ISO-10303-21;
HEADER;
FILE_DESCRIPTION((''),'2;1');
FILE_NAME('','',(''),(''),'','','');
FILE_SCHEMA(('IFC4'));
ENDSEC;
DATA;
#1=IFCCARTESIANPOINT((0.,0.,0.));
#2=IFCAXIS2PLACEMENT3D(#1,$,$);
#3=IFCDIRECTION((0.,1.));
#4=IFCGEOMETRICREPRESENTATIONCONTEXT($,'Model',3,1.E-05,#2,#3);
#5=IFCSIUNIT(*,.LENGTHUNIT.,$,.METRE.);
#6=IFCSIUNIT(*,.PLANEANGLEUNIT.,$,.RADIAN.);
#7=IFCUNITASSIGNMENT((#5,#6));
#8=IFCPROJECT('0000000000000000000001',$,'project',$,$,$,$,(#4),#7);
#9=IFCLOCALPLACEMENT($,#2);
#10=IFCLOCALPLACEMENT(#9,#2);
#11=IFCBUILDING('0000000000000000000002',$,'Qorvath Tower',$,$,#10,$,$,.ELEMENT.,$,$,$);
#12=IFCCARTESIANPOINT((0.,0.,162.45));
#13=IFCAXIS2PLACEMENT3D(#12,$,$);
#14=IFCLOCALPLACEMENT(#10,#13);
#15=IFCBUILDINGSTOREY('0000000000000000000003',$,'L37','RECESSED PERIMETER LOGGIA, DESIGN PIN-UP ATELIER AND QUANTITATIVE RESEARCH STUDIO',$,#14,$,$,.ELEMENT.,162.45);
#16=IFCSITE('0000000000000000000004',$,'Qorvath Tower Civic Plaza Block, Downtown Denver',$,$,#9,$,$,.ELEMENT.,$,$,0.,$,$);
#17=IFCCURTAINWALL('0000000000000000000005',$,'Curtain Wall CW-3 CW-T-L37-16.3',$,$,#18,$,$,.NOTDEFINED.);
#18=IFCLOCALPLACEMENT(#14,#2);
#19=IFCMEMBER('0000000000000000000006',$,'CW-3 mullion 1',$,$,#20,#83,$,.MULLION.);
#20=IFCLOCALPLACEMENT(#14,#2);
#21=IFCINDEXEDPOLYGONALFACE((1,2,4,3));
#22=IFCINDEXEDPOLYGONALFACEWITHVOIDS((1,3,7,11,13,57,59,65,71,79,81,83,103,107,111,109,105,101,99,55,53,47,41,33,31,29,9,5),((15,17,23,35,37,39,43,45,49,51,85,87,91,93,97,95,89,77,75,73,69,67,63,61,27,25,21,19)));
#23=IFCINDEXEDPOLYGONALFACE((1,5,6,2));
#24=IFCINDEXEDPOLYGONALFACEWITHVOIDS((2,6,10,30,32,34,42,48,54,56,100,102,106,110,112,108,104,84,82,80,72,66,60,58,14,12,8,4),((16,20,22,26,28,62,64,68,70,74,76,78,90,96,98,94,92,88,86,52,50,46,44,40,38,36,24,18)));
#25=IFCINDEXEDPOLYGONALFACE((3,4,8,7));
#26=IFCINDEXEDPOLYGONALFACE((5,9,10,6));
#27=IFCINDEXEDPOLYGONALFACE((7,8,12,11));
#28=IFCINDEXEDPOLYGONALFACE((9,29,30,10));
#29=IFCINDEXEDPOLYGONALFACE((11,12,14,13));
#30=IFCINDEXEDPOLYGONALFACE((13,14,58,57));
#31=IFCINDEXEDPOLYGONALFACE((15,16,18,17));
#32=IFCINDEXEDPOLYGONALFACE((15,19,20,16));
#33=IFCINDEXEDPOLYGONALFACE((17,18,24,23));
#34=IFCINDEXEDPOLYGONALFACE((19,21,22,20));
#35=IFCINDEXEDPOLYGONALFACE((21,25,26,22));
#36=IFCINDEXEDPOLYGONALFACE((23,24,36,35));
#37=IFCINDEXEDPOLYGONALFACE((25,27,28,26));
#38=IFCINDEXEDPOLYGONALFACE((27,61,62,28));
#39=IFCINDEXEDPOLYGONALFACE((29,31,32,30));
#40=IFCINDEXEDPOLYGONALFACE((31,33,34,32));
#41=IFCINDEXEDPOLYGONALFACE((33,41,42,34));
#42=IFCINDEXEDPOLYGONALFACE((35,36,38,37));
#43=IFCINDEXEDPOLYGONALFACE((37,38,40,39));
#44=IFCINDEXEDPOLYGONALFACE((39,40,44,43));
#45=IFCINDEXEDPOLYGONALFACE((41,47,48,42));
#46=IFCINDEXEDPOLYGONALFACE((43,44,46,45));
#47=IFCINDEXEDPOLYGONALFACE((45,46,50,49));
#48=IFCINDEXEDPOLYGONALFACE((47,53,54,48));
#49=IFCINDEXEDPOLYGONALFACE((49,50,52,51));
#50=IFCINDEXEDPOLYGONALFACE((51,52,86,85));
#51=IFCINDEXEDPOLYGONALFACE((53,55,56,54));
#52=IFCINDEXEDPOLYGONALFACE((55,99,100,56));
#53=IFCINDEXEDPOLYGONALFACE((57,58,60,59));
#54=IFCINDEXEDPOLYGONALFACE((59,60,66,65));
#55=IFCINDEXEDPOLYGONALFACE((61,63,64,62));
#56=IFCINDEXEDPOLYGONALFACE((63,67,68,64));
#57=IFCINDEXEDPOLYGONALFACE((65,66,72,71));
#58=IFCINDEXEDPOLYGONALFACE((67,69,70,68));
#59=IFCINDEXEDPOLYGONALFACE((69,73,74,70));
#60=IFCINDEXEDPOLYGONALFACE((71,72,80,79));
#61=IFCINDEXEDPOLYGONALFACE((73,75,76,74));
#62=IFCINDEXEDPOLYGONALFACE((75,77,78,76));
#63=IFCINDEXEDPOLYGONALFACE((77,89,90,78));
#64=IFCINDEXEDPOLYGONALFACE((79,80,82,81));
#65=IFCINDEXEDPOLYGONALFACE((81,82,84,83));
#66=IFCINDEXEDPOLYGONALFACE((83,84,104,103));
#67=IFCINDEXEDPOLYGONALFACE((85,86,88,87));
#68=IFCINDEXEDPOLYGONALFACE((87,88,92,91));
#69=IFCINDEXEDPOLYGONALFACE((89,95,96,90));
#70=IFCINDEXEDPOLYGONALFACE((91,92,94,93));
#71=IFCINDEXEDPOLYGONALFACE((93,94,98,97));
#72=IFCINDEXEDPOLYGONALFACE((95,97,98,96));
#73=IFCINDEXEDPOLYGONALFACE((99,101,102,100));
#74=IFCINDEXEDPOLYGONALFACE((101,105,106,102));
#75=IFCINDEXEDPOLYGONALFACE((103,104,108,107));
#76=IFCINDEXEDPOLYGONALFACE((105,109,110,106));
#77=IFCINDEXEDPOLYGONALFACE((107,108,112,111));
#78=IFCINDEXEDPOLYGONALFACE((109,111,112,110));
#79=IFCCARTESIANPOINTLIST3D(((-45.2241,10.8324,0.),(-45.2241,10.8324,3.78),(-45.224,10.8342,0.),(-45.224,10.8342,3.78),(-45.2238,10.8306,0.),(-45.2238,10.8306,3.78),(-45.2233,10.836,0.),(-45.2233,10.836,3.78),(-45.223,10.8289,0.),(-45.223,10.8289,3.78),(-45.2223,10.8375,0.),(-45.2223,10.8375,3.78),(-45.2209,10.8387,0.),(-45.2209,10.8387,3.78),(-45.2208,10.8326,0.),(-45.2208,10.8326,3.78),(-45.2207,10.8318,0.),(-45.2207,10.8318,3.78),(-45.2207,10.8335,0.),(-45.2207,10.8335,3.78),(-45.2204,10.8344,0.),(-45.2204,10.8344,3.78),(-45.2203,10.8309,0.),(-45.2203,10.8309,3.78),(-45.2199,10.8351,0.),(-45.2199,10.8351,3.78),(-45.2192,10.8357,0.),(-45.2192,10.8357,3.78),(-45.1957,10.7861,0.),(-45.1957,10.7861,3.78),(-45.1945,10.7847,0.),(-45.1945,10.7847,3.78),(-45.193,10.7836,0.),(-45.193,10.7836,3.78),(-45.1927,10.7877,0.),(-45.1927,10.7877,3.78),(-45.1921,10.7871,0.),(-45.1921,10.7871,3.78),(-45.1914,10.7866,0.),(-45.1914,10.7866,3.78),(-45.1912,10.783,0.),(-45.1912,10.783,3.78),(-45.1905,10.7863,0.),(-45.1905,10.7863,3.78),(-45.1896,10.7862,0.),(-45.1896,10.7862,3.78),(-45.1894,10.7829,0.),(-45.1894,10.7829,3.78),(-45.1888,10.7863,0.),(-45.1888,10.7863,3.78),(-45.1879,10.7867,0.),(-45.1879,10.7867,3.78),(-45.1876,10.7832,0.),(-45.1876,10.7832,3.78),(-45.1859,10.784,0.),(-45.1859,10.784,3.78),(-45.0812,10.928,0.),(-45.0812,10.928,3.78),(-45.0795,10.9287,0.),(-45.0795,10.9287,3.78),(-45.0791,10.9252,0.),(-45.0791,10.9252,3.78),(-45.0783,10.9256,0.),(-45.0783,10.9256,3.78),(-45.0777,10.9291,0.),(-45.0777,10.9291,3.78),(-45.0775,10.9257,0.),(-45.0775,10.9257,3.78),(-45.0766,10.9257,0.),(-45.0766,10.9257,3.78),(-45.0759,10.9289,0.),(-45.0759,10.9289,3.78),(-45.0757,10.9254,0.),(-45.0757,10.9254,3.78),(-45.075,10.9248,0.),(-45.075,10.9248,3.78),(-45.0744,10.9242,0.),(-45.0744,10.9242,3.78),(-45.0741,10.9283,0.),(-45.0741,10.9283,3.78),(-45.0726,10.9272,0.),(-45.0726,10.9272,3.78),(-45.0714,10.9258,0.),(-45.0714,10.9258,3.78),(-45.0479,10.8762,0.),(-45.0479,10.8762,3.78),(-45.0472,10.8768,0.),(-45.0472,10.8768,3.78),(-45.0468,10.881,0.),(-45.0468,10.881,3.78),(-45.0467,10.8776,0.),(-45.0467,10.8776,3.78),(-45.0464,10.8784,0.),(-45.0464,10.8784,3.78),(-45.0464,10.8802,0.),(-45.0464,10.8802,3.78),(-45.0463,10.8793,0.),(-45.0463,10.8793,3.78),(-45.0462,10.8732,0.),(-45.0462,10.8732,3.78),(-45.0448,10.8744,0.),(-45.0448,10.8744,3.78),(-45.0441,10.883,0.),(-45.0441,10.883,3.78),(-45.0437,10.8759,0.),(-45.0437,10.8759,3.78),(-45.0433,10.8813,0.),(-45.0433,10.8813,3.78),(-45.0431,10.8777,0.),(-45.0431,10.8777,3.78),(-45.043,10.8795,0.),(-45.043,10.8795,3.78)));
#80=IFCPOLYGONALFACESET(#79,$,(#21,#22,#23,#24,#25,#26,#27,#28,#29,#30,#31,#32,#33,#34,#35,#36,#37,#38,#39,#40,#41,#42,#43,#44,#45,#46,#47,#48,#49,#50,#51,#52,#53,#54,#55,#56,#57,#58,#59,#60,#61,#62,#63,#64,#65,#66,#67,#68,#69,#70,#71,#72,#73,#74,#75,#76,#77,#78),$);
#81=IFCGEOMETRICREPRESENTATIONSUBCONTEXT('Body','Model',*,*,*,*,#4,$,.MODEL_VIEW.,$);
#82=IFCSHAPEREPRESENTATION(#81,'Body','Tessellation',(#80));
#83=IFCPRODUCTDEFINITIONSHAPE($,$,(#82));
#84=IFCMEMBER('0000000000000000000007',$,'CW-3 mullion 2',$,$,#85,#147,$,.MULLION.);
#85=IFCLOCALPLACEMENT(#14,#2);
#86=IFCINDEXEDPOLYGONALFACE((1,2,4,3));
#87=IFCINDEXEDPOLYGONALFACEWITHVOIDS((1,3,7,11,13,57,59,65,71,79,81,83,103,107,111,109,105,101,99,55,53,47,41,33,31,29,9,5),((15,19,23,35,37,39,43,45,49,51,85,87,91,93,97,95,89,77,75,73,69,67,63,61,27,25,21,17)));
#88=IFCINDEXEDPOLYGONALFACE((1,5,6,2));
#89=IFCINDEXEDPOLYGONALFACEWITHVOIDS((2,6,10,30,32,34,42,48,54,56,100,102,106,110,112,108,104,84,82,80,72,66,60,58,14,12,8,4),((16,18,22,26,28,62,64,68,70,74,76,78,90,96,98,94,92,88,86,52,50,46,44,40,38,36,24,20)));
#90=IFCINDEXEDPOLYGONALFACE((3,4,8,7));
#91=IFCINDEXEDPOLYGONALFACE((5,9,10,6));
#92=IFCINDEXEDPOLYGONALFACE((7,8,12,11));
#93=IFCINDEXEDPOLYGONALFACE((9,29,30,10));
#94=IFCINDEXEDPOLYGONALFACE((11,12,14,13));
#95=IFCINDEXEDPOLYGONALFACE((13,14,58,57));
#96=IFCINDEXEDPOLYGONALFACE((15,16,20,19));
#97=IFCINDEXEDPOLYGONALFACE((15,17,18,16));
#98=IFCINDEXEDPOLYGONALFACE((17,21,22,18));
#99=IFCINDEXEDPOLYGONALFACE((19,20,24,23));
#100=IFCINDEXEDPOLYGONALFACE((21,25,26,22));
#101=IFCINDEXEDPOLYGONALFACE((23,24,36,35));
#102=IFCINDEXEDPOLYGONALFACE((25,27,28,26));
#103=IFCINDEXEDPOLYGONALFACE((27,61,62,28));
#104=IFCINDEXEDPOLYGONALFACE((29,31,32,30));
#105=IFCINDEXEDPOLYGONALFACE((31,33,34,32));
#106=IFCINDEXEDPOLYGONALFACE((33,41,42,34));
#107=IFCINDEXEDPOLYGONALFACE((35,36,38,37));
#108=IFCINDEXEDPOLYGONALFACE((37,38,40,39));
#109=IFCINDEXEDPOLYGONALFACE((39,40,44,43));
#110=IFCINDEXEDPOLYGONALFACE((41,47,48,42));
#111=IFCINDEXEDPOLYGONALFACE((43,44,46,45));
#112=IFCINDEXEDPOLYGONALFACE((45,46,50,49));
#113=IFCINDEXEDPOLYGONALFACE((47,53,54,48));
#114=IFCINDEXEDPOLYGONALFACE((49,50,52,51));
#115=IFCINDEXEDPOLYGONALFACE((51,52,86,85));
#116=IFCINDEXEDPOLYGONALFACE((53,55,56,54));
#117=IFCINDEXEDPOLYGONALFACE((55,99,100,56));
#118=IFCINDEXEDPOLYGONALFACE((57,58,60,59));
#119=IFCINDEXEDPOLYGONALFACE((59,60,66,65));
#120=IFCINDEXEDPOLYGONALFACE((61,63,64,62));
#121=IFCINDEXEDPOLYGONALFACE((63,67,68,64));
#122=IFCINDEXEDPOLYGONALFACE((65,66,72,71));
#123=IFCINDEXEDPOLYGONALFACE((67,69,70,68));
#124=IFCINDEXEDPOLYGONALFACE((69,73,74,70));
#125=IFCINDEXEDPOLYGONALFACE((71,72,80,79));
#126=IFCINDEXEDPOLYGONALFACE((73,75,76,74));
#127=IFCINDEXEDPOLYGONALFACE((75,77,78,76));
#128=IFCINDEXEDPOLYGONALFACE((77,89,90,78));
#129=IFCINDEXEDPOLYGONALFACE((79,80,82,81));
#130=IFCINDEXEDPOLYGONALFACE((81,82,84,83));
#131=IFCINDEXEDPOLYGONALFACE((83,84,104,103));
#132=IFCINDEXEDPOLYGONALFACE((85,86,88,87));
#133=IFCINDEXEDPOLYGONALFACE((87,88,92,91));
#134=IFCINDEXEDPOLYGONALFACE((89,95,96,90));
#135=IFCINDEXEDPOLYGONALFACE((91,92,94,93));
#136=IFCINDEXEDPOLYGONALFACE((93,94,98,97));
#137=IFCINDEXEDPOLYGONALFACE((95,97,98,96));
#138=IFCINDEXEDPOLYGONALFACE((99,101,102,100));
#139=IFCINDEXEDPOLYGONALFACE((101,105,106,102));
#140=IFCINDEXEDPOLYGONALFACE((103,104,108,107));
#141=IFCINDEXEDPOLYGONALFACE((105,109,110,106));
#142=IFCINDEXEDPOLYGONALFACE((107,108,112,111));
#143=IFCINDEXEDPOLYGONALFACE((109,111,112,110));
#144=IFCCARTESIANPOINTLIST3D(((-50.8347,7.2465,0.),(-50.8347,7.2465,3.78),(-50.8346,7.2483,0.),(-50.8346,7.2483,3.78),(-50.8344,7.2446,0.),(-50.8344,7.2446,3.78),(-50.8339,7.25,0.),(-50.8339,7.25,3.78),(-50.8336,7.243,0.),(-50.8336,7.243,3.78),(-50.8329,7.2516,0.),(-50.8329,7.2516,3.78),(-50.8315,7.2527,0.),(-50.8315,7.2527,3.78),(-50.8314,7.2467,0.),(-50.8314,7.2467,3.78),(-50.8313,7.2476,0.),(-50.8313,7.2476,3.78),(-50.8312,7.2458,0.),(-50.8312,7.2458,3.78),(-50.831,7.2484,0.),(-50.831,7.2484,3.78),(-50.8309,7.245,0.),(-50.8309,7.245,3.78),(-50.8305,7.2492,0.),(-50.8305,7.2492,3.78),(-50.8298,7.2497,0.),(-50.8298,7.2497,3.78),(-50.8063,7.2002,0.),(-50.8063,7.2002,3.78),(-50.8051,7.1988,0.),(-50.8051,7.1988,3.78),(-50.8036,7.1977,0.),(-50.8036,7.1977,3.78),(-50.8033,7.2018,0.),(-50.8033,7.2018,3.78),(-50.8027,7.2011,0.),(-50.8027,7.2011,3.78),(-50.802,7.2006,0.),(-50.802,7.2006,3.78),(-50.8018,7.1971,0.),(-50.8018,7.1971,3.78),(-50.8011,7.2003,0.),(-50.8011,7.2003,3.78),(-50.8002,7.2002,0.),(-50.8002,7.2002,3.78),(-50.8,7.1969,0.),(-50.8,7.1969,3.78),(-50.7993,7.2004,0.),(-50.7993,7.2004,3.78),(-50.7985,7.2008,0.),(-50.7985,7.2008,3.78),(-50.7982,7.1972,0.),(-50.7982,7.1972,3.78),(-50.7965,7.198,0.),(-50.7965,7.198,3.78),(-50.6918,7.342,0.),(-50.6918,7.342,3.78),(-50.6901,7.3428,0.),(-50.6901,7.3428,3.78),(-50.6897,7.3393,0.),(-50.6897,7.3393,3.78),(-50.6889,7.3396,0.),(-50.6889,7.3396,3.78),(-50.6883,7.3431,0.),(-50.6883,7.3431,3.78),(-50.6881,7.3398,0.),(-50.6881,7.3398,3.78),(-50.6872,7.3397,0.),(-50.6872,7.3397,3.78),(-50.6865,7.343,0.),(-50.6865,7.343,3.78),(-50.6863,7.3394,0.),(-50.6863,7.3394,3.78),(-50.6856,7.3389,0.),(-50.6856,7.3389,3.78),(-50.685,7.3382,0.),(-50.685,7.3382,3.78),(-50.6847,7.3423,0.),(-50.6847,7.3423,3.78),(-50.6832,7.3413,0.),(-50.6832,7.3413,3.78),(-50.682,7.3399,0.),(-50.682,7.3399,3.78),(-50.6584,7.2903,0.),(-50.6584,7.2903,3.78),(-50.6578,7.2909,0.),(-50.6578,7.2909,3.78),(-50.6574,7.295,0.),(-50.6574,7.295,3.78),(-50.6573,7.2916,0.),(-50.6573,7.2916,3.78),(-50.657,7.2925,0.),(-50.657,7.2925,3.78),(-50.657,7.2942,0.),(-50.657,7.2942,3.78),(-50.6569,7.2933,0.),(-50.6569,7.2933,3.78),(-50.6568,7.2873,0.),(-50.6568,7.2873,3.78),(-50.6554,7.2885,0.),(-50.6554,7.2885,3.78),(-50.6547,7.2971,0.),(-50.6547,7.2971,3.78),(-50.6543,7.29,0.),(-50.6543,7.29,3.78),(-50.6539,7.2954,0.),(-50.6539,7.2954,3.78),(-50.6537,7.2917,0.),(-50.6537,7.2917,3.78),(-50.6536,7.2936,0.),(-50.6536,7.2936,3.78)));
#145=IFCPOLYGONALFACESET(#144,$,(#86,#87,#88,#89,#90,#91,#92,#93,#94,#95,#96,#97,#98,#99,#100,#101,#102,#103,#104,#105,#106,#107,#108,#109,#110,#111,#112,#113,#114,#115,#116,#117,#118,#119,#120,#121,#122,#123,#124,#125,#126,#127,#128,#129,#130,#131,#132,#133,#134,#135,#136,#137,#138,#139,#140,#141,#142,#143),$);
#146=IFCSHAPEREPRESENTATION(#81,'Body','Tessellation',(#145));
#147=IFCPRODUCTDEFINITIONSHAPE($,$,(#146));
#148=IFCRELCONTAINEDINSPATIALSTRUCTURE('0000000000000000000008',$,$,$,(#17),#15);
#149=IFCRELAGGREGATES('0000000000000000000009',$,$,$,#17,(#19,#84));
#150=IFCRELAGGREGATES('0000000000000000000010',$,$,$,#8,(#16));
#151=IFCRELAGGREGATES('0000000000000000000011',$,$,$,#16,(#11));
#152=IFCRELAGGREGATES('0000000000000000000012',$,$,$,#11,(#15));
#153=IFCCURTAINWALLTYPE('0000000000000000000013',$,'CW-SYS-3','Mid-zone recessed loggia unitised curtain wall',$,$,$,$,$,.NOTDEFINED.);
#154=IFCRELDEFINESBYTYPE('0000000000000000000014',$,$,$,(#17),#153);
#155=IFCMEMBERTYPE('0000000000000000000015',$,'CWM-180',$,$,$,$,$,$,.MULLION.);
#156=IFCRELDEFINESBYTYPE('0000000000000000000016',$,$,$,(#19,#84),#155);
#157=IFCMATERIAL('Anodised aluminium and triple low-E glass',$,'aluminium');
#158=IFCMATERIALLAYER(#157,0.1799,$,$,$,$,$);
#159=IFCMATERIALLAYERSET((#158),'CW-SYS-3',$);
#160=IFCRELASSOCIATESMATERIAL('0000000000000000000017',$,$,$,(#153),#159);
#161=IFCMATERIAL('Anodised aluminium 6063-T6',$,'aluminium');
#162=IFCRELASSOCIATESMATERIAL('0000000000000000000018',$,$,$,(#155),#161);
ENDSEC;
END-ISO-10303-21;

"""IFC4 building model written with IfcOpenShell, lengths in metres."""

from ifc_helpers import new_model, si_unit, direction, frame, origin, origin_2d, place, context, subcontext, project, spatial, hollow_rectangle, extrude, material, layer, layer_set, material_profile, profile_set, type_object, element, aggregate, save


model = new_model("IFC4")

# Units and contexts
model_context = context("Model", 3, precision=1e-05, world=origin(), true_north=direction((0.0, 1.0)))
body_context = subcontext(model_context, "Body", "Model", "MODEL_VIEW")
ifc_project = project(units=[si_unit("LENGTHUNIT", "METRE"), si_unit("PLANEANGLEUNIT", "RADIAN")], contexts=[model_context])

# Site, building, storey
site_placement = place(None, origin())
site = spatial("IfcSite", under=ifc_project, at=site_placement, Name="Qorvath Tower Civic Plaza Block, Downtown Denver", CompositionType="ELEMENT", RefElevation=0.0)
building_placement = place(site_placement, origin())
building = spatial("IfcBuilding", under=site, at=building_placement, Name="Qorvath Tower", CompositionType="ELEMENT")
storey_placement = place(building_placement, frame((0.0, 0.0, 162.45)))
storey = spatial("IfcBuildingStorey", under=building, at=storey_placement, Name="L37", Description="RECESSED PERIMETER LOGGIA, DESIGN PIN-UP ATELIER AND QUANTITATIVE RESEARCH STUDIO", CompositionType="ELEMENT", Elevation=162.45)

# Curtain wall, members
ifc_material_1 = material(Name="Anodised aluminium and triple low-E glass", Category="aluminium")
ifc_layer_1 = layer(ifc_material_1, 0.1799)
ifc_layer_set_1 = layer_set([ifc_layer_1], Name="CW-SYS-3")
curtain_wall_type = type_object("IfcCurtainWallType", Name="CW-SYS-3", Description="Mid-zone recessed loggia unitised curtain wall", PredefinedType="NOTDEFINED", material=ifc_layer_set_1)
ifc_material_2 = material(Name="Anodised aluminium 6063-T6", Category="aluminium")
ifc_material_profile_1 = material_profile(ifc_material_2, hollow_rectangle(XDim=0.0649, YDim=0.1799, WallThickness=0.0034, InnerFilletRadius=0.0034, OuterFilletRadius=0.0071, at=origin_2d()), Name="CWM 180x65")
ifc_profile_set_1 = profile_set([ifc_material_profile_1], Name="Anodised aluminium 6063-T6")
member_type_1 = type_object("IfcMemberType", Name="CWM-180", PredefinedType="MULLION", material=ifc_profile_set_1)
curtain_wall_1_placement = place(storey_placement, origin())
curtain_wall_1 = element("IfcCurtainWall", 1, at=curtain_wall_1_placement, inside=storey, type_object=curtain_wall_type, Name="Curtain Wall CW-3 CW-T-L37-16.3", PredefinedType="NOTDEFINED")
member_1_placement = place(storey_placement, frame((-45.1335, 10.856, 0.0), z_axis=(0.0, 0.0, 1.0), x_axis=(0.538529, -0.842607, 0.0)))
member_1 = element("IfcMember", 2, at=member_1_placement, type_object=member_type_1, Name="CW-3 mullion 1", PredefinedType="MULLION", context=body_context, shape_type="SweptSolid", body=[
    extrude(hollow_rectangle(XDim=0.0649, YDim=0.1799, WallThickness=0.0034, InnerFilletRadius=0.0034, OuterFilletRadius=0.0071, at=origin_2d()), origin(), (0.0, 0.0, 1.0), 3.78),
])
member_2_placement = place(storey_placement, frame((-50.7441, 7.27, 0.0), z_axis=(0.0, 0.0, 1.0), x_axis=(0.538529, -0.842607, 0.0)))
member_2 = element("IfcMember", 3, at=member_2_placement, type_object=member_type_1, Name="CW-3 mullion 2", PredefinedType="MULLION", context=body_context, shape_type="SweptSolid", body=[
    extrude(hollow_rectangle(XDim=0.0649, YDim=0.1799, WallThickness=0.0034, InnerFilletRadius=0.0034, OuterFilletRadius=0.0071, at=origin_2d()), origin(), (0.0, 0.0, 1.0), 3.78),
])

aggregate(curtain_wall_1, [member_1, member_2])

save(model, "model.ifc")
